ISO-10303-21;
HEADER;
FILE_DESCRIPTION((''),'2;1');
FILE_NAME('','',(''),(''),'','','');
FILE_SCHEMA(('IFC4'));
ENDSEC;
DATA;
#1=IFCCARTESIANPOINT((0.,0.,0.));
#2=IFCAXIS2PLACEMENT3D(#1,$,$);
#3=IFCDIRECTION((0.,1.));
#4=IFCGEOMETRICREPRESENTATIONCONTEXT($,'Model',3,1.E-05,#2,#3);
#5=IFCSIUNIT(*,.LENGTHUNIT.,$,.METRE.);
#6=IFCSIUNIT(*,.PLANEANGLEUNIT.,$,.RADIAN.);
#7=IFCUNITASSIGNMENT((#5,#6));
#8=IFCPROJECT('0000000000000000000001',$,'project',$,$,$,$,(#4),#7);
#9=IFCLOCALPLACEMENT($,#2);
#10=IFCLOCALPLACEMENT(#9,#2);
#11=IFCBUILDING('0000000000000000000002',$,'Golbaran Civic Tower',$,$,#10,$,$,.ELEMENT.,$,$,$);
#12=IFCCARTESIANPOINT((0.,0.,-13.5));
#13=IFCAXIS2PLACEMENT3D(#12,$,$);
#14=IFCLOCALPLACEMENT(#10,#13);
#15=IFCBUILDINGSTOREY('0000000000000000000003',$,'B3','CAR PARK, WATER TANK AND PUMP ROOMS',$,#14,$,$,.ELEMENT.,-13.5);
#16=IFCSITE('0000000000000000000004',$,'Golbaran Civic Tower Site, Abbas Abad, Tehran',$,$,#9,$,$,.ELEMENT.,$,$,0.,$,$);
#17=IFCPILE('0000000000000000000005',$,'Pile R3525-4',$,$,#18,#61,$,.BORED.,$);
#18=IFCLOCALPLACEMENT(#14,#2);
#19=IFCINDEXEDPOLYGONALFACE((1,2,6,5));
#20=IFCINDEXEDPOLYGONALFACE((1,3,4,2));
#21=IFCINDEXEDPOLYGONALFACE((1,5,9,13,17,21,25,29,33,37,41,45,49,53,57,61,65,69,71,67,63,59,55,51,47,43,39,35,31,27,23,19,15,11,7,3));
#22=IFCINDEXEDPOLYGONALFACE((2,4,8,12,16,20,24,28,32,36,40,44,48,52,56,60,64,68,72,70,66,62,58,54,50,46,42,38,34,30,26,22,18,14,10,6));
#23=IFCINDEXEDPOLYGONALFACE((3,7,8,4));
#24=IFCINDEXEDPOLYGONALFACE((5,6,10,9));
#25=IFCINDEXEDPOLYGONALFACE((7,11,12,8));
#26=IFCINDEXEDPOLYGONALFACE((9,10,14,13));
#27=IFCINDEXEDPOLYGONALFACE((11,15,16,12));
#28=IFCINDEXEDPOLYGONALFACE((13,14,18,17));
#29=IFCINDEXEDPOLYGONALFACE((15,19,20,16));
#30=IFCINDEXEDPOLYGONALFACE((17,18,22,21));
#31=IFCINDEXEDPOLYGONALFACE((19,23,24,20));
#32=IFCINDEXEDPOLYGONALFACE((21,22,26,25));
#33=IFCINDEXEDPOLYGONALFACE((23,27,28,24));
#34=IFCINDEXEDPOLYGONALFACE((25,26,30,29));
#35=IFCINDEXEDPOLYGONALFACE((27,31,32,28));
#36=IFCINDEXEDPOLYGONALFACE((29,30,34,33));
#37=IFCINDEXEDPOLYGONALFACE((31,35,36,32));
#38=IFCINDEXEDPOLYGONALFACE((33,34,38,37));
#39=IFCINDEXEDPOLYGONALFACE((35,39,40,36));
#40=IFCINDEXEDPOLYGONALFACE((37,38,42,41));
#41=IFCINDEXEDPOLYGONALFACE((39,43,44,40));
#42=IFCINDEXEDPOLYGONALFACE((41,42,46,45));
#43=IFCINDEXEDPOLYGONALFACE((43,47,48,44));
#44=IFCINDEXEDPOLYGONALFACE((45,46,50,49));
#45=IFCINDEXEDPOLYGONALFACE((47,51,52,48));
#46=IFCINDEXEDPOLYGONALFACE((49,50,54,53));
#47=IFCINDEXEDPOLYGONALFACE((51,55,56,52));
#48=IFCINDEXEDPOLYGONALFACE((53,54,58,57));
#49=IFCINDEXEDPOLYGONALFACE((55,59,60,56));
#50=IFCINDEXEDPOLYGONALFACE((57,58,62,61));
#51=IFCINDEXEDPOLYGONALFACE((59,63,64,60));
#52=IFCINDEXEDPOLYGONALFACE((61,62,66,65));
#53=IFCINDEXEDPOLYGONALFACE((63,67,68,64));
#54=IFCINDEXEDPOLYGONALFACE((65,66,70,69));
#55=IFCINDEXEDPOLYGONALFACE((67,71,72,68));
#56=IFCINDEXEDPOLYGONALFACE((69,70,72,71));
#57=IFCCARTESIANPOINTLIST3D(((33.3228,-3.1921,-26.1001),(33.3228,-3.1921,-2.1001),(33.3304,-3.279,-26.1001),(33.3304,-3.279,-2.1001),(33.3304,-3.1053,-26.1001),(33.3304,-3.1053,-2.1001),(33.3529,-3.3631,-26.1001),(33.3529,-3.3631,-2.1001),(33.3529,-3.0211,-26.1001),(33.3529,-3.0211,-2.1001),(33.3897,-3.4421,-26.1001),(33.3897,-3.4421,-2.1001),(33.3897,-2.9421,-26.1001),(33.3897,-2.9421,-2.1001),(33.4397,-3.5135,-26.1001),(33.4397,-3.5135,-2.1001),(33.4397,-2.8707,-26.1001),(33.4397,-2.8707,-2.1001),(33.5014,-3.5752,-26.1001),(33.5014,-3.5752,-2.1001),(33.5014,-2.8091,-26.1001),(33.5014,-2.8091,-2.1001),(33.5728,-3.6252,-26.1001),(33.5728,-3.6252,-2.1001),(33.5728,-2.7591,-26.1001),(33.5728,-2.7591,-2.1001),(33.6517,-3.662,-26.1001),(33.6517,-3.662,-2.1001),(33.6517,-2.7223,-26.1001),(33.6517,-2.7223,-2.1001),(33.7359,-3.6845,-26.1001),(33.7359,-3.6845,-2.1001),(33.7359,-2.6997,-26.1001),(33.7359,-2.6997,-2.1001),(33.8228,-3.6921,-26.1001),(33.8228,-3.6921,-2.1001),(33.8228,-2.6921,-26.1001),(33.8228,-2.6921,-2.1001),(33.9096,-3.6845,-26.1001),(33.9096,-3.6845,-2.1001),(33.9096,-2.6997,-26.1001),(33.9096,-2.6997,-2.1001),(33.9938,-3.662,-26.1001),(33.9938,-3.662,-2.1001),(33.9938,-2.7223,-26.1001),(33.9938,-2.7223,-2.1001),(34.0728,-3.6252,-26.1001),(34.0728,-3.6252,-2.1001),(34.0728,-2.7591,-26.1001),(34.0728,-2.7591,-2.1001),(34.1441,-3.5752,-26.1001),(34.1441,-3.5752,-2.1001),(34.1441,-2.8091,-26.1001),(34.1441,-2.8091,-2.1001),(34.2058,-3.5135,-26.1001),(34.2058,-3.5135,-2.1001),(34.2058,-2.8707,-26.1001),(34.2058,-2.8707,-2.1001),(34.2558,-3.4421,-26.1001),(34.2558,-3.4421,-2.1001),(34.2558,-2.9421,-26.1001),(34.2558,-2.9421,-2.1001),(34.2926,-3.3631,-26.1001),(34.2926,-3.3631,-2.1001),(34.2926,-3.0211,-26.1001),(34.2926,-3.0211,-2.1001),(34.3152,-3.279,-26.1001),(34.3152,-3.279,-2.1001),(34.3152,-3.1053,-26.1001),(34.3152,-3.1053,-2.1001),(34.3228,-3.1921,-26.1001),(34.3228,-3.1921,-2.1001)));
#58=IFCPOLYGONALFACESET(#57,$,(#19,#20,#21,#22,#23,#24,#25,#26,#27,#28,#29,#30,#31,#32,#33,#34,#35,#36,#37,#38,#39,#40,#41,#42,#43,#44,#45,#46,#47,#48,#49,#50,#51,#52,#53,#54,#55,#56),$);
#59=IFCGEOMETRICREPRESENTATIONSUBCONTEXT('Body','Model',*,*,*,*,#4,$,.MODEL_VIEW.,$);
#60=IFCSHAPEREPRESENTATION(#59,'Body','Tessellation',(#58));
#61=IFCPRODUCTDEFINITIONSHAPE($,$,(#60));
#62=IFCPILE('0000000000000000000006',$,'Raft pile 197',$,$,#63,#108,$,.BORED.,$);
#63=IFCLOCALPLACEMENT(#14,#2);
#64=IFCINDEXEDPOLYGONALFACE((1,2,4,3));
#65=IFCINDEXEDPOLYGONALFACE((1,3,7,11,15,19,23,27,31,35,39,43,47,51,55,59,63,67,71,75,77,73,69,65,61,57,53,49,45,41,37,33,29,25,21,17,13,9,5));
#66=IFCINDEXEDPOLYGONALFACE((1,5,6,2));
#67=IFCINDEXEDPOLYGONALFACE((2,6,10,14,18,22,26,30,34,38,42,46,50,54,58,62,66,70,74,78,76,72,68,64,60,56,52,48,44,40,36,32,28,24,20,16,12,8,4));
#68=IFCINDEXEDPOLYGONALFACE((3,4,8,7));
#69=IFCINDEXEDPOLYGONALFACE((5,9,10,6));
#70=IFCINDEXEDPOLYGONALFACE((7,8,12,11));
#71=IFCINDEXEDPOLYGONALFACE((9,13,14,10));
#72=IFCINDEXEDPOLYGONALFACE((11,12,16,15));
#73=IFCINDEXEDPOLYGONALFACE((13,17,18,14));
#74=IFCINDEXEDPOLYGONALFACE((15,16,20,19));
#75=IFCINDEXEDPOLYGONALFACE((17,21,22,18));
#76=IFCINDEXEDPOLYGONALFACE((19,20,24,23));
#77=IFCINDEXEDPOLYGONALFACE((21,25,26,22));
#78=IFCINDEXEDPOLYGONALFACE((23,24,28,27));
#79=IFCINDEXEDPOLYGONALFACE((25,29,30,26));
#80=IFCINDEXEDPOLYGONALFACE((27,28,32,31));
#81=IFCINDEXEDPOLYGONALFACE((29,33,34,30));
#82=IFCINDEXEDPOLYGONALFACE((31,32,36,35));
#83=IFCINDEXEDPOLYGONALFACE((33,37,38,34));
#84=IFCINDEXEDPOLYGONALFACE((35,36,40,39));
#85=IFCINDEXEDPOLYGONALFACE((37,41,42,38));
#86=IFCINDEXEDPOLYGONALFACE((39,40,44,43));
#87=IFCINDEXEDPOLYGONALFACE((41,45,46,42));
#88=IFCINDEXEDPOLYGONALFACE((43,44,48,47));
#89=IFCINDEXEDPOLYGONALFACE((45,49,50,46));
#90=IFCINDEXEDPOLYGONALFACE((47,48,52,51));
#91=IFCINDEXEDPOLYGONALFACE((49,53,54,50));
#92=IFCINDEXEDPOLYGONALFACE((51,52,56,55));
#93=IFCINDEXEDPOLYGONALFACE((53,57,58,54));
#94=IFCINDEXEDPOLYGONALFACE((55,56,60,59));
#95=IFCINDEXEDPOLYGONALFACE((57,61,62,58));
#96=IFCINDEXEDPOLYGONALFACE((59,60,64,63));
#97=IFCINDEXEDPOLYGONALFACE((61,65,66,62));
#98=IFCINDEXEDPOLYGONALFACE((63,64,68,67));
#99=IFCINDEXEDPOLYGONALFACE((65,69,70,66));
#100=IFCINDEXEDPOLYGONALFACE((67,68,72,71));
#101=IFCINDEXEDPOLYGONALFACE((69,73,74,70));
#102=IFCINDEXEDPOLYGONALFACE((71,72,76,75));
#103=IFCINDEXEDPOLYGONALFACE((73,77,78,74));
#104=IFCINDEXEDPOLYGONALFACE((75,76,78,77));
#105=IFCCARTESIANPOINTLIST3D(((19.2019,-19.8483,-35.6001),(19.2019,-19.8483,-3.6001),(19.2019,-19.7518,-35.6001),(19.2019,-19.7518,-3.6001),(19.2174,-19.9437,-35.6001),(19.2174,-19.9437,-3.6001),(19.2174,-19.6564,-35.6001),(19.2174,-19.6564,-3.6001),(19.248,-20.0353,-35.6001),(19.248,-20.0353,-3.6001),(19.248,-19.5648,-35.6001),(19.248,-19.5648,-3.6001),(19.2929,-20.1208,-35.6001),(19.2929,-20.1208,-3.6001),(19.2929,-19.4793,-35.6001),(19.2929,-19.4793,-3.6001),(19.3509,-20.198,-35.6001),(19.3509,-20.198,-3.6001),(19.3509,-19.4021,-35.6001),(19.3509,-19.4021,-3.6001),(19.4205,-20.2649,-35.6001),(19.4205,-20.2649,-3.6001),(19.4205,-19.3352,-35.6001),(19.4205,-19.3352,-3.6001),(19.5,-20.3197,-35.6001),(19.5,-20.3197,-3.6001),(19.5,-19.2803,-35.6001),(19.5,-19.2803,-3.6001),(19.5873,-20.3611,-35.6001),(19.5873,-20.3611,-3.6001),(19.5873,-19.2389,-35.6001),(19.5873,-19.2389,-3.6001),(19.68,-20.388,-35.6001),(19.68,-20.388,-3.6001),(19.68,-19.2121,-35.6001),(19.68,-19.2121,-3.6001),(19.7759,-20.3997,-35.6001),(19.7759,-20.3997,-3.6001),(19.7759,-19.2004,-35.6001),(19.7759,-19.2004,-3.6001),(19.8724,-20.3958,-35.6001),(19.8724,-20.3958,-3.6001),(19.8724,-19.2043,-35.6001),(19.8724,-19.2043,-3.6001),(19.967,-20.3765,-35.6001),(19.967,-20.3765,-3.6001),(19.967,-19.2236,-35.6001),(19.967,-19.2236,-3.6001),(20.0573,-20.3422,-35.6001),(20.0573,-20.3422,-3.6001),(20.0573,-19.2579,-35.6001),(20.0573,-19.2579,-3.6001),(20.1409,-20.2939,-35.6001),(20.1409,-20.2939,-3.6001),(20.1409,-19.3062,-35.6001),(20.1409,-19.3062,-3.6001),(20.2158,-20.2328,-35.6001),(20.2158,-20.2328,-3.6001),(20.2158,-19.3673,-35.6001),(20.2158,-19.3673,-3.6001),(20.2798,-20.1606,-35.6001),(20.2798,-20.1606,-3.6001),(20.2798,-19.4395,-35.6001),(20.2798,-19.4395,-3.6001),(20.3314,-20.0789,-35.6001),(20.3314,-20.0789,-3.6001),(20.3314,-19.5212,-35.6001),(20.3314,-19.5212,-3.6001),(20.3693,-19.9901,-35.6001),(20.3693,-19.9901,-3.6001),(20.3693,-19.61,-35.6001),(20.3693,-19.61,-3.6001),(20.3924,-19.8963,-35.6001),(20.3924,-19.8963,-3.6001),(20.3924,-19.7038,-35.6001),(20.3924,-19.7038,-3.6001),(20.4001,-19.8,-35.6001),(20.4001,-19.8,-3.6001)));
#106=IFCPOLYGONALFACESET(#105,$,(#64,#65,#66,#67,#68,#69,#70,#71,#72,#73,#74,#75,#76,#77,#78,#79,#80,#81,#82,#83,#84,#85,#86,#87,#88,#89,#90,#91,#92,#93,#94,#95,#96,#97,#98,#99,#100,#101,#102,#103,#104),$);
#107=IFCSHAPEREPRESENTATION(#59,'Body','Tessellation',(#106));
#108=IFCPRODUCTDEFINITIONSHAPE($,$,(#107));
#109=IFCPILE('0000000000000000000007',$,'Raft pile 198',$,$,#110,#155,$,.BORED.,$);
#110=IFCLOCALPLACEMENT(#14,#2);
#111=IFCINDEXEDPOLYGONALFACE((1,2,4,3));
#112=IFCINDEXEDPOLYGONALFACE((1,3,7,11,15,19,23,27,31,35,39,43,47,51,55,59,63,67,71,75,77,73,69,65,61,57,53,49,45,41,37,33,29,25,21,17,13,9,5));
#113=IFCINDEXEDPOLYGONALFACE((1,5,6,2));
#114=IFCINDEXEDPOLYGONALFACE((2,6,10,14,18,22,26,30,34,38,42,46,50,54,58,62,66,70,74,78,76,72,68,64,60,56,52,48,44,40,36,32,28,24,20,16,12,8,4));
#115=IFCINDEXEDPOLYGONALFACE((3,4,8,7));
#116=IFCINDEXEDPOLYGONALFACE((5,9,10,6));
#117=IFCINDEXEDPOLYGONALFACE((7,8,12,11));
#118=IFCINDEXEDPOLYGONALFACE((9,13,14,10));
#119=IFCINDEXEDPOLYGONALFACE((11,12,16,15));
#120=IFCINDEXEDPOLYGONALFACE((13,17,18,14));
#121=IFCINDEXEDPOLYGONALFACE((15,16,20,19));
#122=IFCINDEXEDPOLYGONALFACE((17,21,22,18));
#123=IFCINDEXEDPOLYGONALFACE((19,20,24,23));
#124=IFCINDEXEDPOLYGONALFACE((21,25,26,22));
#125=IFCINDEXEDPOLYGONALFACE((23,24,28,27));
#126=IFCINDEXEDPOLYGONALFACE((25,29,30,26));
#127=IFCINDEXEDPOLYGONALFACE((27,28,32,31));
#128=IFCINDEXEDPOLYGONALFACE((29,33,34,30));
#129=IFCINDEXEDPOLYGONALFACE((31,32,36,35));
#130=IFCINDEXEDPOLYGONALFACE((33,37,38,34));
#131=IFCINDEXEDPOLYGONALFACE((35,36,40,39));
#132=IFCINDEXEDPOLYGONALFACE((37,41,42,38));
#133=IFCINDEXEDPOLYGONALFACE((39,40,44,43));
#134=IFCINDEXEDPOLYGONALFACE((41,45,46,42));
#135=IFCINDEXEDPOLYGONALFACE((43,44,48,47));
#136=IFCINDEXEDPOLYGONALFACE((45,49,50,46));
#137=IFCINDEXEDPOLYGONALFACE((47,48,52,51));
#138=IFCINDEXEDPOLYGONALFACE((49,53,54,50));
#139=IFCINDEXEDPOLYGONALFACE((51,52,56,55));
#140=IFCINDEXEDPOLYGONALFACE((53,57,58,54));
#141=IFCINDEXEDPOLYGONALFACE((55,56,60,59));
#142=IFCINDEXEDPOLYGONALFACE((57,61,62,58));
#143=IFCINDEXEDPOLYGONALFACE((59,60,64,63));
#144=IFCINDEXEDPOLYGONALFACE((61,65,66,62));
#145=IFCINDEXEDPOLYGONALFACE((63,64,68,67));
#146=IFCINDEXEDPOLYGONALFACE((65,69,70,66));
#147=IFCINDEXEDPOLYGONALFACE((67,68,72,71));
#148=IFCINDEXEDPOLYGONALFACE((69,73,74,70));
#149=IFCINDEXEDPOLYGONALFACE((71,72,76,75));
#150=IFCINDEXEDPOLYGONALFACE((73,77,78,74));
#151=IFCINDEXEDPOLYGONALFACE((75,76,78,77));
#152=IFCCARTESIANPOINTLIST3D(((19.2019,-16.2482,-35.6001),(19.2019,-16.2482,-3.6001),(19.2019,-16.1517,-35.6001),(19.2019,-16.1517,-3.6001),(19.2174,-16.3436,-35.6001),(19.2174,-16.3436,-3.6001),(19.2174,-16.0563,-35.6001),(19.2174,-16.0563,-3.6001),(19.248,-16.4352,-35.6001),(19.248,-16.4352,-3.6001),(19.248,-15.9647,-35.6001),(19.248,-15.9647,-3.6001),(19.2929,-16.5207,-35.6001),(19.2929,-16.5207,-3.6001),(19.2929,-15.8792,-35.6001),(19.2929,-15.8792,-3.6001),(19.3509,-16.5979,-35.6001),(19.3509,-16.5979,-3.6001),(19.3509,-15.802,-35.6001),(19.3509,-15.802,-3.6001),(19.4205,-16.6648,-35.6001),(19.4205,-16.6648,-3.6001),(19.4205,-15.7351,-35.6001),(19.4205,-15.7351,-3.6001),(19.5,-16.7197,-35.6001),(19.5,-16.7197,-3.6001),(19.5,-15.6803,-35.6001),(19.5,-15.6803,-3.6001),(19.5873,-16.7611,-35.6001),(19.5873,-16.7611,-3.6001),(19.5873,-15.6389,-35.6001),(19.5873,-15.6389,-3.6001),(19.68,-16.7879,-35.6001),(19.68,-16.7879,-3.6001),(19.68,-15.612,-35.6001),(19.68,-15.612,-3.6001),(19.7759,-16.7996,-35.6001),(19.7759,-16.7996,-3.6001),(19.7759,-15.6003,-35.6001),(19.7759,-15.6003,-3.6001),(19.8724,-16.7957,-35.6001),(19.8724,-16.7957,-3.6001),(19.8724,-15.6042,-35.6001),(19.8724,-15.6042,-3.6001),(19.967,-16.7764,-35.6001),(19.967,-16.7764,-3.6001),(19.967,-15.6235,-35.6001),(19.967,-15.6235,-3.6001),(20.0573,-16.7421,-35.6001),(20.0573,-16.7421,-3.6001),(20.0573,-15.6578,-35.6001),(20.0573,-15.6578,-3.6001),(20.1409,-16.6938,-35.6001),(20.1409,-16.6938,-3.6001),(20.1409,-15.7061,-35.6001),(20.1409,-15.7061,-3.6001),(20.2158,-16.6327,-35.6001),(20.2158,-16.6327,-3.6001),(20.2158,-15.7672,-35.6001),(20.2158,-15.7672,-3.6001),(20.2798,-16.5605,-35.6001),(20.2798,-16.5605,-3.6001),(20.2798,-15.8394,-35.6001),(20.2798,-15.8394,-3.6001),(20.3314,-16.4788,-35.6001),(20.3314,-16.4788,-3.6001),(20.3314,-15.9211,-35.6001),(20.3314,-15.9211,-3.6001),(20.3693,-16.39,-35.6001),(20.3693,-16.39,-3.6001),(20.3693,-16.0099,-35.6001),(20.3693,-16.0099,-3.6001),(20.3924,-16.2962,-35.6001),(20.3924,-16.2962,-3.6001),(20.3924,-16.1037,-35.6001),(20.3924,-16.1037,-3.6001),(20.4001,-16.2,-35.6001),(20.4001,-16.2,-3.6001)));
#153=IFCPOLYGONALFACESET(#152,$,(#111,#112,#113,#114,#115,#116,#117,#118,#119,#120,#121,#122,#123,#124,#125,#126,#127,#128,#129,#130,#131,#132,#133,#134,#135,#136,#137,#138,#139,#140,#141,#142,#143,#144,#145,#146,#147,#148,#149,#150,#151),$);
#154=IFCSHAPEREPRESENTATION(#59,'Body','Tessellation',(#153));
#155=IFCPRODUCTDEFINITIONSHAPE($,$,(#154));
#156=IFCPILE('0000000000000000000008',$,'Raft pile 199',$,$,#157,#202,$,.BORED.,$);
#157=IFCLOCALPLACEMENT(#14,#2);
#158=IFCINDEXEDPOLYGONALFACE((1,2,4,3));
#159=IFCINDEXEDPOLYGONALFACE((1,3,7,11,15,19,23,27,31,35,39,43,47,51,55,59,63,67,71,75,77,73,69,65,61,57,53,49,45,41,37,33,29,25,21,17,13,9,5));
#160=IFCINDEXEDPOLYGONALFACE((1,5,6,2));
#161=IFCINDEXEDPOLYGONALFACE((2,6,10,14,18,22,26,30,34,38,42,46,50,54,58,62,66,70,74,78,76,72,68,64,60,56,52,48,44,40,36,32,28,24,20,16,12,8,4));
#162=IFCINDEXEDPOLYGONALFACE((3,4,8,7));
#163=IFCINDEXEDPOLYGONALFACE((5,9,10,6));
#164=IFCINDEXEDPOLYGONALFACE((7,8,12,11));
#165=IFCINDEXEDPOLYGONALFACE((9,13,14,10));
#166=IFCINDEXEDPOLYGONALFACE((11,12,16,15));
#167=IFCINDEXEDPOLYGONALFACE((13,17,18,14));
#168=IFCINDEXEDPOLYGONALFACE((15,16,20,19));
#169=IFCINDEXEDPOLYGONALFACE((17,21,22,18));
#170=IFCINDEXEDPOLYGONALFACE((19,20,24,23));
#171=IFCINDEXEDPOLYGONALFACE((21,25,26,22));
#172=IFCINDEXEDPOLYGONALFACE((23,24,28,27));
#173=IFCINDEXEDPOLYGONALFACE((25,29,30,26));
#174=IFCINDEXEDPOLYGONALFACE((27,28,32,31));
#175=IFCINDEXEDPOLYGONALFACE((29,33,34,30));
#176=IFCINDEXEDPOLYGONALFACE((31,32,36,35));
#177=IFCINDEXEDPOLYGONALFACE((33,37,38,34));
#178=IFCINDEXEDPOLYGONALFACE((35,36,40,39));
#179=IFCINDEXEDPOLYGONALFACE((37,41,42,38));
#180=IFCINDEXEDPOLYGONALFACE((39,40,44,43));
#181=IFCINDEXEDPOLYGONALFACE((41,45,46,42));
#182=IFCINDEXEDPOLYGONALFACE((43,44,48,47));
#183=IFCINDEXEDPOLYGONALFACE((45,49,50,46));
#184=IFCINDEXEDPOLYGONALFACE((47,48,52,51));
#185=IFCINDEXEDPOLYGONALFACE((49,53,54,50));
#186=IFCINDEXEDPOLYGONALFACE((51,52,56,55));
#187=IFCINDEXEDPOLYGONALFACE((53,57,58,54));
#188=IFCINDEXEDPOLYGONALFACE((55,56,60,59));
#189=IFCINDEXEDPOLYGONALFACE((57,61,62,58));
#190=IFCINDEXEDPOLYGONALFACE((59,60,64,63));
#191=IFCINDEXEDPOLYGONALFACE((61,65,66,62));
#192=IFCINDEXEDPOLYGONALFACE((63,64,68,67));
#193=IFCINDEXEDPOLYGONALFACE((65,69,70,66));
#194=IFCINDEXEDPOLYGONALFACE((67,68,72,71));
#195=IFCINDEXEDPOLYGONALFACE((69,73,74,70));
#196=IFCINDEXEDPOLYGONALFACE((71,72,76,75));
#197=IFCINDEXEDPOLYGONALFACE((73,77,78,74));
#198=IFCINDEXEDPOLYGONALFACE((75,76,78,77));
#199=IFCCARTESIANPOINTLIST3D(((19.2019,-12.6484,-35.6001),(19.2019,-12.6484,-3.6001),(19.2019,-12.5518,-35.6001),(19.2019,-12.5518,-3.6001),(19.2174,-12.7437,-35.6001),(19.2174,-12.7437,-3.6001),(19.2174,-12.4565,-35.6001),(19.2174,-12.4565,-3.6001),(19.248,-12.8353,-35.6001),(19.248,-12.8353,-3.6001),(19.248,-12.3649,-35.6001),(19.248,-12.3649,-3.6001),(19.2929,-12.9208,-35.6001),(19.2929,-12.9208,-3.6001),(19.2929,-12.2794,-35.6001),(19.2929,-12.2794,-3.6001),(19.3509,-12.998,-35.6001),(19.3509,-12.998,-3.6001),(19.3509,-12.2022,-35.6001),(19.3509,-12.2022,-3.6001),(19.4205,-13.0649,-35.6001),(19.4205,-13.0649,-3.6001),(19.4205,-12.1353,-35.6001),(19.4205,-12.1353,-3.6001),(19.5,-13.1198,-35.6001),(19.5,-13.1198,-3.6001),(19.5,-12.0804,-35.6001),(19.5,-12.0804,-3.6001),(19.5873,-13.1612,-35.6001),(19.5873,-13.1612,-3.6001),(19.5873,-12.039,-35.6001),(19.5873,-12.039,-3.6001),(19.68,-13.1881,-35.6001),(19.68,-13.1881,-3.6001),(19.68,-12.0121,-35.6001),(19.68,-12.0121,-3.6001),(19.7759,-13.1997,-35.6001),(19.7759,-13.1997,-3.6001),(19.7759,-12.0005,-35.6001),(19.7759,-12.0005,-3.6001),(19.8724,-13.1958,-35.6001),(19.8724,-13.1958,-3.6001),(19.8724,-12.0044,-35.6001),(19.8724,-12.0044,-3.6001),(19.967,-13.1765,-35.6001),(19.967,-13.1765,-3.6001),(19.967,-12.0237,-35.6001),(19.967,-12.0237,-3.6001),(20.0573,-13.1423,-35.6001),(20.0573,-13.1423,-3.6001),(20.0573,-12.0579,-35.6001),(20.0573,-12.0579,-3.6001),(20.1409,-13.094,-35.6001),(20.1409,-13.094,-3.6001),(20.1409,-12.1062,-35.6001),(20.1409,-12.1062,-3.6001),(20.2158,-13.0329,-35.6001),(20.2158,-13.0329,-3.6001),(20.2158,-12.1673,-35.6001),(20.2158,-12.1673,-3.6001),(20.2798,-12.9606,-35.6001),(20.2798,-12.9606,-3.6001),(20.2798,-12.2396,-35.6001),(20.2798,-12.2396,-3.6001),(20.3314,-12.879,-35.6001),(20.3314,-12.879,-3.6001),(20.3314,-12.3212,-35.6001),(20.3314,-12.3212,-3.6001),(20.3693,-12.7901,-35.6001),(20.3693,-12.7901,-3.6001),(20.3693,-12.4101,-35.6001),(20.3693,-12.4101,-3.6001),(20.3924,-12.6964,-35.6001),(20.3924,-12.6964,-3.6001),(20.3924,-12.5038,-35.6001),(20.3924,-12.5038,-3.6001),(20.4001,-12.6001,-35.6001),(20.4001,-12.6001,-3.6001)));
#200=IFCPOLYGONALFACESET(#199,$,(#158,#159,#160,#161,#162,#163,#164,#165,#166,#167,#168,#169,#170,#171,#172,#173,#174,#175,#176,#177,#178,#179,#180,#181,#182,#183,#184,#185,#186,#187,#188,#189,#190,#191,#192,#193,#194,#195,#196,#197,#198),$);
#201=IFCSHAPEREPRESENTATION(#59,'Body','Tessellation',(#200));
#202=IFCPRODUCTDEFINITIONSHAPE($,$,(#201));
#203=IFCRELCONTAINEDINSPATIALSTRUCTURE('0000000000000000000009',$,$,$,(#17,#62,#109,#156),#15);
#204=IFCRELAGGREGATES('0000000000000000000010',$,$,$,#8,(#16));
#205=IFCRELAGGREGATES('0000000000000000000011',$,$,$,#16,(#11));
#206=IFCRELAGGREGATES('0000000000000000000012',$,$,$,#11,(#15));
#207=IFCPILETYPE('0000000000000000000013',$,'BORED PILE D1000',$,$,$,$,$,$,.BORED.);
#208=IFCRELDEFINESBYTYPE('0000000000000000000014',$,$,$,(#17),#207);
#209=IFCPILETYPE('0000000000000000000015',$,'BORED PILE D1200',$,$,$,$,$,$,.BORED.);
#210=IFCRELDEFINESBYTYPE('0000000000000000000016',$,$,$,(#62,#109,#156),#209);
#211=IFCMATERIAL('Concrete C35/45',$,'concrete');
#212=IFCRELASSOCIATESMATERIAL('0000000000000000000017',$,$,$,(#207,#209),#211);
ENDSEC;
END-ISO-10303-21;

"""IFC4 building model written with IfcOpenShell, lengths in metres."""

from ifc_helpers import new_model, si_unit, direction, frame, origin, origin_2d, place, context, subcontext, project, spatial, circle, extrude, material, material_profile, profile_set, type_object, element, save


model = new_model("IFC4")

# Units and contexts
model_context = context("Model", 3, precision=1e-05, world=origin(), true_north=direction((0.0, 1.0)))
body_context = subcontext(model_context, "Body", "Model", "MODEL_VIEW")
ifc_project = project(units=[si_unit("LENGTHUNIT", "METRE"), si_unit("PLANEANGLEUNIT", "RADIAN")], contexts=[model_context])

# Site, building, storey
site_placement = place(None, origin())
site = spatial("IfcSite", under=ifc_project, at=site_placement, Name="Golbaran Civic Tower Site, Abbas Abad, Tehran", CompositionType="ELEMENT", RefElevation=0.0)
building_placement = place(site_placement, origin())
building = spatial("IfcBuilding", under=site, at=building_placement, Name="Golbaran Civic Tower", CompositionType="ELEMENT")
storey_placement = place(building_placement, frame((0.0, 0.0, -13.5)))
storey = spatial("IfcBuildingStorey", under=building, at=storey_placement, Name="B3", Description="CAR PARK, WATER TANK AND PUMP ROOMS", CompositionType="ELEMENT", Elevation=-13.5)

# Piles
ifc_material_1 = material(Name="Concrete C35/45", Category="concrete")
ifc_material_profile_1 = material_profile(ifc_material_1, circle(Radius=0.5, at=origin_2d()), Name="BORED PILE D1000")
ifc_profile_set_1 = profile_set([ifc_material_profile_1], Name="Concrete C35/45")
pile_type_1 = type_object("IfcPileType", Name="BORED PILE D1000", PredefinedType="BORED", material=ifc_profile_set_1)
for number, where, z_axis, x_axis, name in (
    (1, (33.8228, -3.1921, -2.1001), (0.0, 0.0, -1.0), (1.0, 0.0, 0.0), "Pile R3525-4"),
):
    element("IfcPile", number, at=place(storey_placement, frame(where, z_axis=z_axis, x_axis=x_axis)), inside=storey, type_object=pile_type_1, Name=name, PredefinedType="BORED", context=body_context, shape_type="SweptSolid", body=[
        extrude(circle(Radius=0.5, at=origin_2d()), origin(), (0.0, 0.0, 1.0), 24.0),
    ])
ifc_material_profile_2 = material_profile(ifc_material_1, circle(Radius=0.6001, at=origin_2d()), Name="BORED PILE D1200")
ifc_profile_set_2 = profile_set([ifc_material_profile_2], Name="Concrete C35/45")
pile_type_2 = type_object("IfcPileType", Name="BORED PILE D1200", PredefinedType="BORED", material=ifc_profile_set_2)
for number, where, z_axis, x_axis, name in (
    (2, (19.8, -19.8, -3.6001), (0.0, 0.0, -1.0), (1.0, 0.0, 0.0), "Raft pile 197"),
    (3, (19.8, -16.2, -3.6001), (0.0, 0.0, -1.0), (1.0, 0.0, 0.0), "Raft pile 198"),
    (4, (19.8, -12.6001, -3.6001), (0.0, 0.0, -1.0), (1.0, 0.0, 0.0), "Raft pile 199"),
):
    element("IfcPile", number, at=place(storey_placement, frame(where, z_axis=z_axis, x_axis=x_axis)), inside=storey, type_object=pile_type_2, Name=name, PredefinedType="BORED", context=body_context, shape_type="SweptSolid", body=[
        extrude(circle(Radius=0.6001, at=origin_2d()), origin(), (0.0, 0.0, 1.0), 32.0),
    ])

save(model, "model.ifc")
